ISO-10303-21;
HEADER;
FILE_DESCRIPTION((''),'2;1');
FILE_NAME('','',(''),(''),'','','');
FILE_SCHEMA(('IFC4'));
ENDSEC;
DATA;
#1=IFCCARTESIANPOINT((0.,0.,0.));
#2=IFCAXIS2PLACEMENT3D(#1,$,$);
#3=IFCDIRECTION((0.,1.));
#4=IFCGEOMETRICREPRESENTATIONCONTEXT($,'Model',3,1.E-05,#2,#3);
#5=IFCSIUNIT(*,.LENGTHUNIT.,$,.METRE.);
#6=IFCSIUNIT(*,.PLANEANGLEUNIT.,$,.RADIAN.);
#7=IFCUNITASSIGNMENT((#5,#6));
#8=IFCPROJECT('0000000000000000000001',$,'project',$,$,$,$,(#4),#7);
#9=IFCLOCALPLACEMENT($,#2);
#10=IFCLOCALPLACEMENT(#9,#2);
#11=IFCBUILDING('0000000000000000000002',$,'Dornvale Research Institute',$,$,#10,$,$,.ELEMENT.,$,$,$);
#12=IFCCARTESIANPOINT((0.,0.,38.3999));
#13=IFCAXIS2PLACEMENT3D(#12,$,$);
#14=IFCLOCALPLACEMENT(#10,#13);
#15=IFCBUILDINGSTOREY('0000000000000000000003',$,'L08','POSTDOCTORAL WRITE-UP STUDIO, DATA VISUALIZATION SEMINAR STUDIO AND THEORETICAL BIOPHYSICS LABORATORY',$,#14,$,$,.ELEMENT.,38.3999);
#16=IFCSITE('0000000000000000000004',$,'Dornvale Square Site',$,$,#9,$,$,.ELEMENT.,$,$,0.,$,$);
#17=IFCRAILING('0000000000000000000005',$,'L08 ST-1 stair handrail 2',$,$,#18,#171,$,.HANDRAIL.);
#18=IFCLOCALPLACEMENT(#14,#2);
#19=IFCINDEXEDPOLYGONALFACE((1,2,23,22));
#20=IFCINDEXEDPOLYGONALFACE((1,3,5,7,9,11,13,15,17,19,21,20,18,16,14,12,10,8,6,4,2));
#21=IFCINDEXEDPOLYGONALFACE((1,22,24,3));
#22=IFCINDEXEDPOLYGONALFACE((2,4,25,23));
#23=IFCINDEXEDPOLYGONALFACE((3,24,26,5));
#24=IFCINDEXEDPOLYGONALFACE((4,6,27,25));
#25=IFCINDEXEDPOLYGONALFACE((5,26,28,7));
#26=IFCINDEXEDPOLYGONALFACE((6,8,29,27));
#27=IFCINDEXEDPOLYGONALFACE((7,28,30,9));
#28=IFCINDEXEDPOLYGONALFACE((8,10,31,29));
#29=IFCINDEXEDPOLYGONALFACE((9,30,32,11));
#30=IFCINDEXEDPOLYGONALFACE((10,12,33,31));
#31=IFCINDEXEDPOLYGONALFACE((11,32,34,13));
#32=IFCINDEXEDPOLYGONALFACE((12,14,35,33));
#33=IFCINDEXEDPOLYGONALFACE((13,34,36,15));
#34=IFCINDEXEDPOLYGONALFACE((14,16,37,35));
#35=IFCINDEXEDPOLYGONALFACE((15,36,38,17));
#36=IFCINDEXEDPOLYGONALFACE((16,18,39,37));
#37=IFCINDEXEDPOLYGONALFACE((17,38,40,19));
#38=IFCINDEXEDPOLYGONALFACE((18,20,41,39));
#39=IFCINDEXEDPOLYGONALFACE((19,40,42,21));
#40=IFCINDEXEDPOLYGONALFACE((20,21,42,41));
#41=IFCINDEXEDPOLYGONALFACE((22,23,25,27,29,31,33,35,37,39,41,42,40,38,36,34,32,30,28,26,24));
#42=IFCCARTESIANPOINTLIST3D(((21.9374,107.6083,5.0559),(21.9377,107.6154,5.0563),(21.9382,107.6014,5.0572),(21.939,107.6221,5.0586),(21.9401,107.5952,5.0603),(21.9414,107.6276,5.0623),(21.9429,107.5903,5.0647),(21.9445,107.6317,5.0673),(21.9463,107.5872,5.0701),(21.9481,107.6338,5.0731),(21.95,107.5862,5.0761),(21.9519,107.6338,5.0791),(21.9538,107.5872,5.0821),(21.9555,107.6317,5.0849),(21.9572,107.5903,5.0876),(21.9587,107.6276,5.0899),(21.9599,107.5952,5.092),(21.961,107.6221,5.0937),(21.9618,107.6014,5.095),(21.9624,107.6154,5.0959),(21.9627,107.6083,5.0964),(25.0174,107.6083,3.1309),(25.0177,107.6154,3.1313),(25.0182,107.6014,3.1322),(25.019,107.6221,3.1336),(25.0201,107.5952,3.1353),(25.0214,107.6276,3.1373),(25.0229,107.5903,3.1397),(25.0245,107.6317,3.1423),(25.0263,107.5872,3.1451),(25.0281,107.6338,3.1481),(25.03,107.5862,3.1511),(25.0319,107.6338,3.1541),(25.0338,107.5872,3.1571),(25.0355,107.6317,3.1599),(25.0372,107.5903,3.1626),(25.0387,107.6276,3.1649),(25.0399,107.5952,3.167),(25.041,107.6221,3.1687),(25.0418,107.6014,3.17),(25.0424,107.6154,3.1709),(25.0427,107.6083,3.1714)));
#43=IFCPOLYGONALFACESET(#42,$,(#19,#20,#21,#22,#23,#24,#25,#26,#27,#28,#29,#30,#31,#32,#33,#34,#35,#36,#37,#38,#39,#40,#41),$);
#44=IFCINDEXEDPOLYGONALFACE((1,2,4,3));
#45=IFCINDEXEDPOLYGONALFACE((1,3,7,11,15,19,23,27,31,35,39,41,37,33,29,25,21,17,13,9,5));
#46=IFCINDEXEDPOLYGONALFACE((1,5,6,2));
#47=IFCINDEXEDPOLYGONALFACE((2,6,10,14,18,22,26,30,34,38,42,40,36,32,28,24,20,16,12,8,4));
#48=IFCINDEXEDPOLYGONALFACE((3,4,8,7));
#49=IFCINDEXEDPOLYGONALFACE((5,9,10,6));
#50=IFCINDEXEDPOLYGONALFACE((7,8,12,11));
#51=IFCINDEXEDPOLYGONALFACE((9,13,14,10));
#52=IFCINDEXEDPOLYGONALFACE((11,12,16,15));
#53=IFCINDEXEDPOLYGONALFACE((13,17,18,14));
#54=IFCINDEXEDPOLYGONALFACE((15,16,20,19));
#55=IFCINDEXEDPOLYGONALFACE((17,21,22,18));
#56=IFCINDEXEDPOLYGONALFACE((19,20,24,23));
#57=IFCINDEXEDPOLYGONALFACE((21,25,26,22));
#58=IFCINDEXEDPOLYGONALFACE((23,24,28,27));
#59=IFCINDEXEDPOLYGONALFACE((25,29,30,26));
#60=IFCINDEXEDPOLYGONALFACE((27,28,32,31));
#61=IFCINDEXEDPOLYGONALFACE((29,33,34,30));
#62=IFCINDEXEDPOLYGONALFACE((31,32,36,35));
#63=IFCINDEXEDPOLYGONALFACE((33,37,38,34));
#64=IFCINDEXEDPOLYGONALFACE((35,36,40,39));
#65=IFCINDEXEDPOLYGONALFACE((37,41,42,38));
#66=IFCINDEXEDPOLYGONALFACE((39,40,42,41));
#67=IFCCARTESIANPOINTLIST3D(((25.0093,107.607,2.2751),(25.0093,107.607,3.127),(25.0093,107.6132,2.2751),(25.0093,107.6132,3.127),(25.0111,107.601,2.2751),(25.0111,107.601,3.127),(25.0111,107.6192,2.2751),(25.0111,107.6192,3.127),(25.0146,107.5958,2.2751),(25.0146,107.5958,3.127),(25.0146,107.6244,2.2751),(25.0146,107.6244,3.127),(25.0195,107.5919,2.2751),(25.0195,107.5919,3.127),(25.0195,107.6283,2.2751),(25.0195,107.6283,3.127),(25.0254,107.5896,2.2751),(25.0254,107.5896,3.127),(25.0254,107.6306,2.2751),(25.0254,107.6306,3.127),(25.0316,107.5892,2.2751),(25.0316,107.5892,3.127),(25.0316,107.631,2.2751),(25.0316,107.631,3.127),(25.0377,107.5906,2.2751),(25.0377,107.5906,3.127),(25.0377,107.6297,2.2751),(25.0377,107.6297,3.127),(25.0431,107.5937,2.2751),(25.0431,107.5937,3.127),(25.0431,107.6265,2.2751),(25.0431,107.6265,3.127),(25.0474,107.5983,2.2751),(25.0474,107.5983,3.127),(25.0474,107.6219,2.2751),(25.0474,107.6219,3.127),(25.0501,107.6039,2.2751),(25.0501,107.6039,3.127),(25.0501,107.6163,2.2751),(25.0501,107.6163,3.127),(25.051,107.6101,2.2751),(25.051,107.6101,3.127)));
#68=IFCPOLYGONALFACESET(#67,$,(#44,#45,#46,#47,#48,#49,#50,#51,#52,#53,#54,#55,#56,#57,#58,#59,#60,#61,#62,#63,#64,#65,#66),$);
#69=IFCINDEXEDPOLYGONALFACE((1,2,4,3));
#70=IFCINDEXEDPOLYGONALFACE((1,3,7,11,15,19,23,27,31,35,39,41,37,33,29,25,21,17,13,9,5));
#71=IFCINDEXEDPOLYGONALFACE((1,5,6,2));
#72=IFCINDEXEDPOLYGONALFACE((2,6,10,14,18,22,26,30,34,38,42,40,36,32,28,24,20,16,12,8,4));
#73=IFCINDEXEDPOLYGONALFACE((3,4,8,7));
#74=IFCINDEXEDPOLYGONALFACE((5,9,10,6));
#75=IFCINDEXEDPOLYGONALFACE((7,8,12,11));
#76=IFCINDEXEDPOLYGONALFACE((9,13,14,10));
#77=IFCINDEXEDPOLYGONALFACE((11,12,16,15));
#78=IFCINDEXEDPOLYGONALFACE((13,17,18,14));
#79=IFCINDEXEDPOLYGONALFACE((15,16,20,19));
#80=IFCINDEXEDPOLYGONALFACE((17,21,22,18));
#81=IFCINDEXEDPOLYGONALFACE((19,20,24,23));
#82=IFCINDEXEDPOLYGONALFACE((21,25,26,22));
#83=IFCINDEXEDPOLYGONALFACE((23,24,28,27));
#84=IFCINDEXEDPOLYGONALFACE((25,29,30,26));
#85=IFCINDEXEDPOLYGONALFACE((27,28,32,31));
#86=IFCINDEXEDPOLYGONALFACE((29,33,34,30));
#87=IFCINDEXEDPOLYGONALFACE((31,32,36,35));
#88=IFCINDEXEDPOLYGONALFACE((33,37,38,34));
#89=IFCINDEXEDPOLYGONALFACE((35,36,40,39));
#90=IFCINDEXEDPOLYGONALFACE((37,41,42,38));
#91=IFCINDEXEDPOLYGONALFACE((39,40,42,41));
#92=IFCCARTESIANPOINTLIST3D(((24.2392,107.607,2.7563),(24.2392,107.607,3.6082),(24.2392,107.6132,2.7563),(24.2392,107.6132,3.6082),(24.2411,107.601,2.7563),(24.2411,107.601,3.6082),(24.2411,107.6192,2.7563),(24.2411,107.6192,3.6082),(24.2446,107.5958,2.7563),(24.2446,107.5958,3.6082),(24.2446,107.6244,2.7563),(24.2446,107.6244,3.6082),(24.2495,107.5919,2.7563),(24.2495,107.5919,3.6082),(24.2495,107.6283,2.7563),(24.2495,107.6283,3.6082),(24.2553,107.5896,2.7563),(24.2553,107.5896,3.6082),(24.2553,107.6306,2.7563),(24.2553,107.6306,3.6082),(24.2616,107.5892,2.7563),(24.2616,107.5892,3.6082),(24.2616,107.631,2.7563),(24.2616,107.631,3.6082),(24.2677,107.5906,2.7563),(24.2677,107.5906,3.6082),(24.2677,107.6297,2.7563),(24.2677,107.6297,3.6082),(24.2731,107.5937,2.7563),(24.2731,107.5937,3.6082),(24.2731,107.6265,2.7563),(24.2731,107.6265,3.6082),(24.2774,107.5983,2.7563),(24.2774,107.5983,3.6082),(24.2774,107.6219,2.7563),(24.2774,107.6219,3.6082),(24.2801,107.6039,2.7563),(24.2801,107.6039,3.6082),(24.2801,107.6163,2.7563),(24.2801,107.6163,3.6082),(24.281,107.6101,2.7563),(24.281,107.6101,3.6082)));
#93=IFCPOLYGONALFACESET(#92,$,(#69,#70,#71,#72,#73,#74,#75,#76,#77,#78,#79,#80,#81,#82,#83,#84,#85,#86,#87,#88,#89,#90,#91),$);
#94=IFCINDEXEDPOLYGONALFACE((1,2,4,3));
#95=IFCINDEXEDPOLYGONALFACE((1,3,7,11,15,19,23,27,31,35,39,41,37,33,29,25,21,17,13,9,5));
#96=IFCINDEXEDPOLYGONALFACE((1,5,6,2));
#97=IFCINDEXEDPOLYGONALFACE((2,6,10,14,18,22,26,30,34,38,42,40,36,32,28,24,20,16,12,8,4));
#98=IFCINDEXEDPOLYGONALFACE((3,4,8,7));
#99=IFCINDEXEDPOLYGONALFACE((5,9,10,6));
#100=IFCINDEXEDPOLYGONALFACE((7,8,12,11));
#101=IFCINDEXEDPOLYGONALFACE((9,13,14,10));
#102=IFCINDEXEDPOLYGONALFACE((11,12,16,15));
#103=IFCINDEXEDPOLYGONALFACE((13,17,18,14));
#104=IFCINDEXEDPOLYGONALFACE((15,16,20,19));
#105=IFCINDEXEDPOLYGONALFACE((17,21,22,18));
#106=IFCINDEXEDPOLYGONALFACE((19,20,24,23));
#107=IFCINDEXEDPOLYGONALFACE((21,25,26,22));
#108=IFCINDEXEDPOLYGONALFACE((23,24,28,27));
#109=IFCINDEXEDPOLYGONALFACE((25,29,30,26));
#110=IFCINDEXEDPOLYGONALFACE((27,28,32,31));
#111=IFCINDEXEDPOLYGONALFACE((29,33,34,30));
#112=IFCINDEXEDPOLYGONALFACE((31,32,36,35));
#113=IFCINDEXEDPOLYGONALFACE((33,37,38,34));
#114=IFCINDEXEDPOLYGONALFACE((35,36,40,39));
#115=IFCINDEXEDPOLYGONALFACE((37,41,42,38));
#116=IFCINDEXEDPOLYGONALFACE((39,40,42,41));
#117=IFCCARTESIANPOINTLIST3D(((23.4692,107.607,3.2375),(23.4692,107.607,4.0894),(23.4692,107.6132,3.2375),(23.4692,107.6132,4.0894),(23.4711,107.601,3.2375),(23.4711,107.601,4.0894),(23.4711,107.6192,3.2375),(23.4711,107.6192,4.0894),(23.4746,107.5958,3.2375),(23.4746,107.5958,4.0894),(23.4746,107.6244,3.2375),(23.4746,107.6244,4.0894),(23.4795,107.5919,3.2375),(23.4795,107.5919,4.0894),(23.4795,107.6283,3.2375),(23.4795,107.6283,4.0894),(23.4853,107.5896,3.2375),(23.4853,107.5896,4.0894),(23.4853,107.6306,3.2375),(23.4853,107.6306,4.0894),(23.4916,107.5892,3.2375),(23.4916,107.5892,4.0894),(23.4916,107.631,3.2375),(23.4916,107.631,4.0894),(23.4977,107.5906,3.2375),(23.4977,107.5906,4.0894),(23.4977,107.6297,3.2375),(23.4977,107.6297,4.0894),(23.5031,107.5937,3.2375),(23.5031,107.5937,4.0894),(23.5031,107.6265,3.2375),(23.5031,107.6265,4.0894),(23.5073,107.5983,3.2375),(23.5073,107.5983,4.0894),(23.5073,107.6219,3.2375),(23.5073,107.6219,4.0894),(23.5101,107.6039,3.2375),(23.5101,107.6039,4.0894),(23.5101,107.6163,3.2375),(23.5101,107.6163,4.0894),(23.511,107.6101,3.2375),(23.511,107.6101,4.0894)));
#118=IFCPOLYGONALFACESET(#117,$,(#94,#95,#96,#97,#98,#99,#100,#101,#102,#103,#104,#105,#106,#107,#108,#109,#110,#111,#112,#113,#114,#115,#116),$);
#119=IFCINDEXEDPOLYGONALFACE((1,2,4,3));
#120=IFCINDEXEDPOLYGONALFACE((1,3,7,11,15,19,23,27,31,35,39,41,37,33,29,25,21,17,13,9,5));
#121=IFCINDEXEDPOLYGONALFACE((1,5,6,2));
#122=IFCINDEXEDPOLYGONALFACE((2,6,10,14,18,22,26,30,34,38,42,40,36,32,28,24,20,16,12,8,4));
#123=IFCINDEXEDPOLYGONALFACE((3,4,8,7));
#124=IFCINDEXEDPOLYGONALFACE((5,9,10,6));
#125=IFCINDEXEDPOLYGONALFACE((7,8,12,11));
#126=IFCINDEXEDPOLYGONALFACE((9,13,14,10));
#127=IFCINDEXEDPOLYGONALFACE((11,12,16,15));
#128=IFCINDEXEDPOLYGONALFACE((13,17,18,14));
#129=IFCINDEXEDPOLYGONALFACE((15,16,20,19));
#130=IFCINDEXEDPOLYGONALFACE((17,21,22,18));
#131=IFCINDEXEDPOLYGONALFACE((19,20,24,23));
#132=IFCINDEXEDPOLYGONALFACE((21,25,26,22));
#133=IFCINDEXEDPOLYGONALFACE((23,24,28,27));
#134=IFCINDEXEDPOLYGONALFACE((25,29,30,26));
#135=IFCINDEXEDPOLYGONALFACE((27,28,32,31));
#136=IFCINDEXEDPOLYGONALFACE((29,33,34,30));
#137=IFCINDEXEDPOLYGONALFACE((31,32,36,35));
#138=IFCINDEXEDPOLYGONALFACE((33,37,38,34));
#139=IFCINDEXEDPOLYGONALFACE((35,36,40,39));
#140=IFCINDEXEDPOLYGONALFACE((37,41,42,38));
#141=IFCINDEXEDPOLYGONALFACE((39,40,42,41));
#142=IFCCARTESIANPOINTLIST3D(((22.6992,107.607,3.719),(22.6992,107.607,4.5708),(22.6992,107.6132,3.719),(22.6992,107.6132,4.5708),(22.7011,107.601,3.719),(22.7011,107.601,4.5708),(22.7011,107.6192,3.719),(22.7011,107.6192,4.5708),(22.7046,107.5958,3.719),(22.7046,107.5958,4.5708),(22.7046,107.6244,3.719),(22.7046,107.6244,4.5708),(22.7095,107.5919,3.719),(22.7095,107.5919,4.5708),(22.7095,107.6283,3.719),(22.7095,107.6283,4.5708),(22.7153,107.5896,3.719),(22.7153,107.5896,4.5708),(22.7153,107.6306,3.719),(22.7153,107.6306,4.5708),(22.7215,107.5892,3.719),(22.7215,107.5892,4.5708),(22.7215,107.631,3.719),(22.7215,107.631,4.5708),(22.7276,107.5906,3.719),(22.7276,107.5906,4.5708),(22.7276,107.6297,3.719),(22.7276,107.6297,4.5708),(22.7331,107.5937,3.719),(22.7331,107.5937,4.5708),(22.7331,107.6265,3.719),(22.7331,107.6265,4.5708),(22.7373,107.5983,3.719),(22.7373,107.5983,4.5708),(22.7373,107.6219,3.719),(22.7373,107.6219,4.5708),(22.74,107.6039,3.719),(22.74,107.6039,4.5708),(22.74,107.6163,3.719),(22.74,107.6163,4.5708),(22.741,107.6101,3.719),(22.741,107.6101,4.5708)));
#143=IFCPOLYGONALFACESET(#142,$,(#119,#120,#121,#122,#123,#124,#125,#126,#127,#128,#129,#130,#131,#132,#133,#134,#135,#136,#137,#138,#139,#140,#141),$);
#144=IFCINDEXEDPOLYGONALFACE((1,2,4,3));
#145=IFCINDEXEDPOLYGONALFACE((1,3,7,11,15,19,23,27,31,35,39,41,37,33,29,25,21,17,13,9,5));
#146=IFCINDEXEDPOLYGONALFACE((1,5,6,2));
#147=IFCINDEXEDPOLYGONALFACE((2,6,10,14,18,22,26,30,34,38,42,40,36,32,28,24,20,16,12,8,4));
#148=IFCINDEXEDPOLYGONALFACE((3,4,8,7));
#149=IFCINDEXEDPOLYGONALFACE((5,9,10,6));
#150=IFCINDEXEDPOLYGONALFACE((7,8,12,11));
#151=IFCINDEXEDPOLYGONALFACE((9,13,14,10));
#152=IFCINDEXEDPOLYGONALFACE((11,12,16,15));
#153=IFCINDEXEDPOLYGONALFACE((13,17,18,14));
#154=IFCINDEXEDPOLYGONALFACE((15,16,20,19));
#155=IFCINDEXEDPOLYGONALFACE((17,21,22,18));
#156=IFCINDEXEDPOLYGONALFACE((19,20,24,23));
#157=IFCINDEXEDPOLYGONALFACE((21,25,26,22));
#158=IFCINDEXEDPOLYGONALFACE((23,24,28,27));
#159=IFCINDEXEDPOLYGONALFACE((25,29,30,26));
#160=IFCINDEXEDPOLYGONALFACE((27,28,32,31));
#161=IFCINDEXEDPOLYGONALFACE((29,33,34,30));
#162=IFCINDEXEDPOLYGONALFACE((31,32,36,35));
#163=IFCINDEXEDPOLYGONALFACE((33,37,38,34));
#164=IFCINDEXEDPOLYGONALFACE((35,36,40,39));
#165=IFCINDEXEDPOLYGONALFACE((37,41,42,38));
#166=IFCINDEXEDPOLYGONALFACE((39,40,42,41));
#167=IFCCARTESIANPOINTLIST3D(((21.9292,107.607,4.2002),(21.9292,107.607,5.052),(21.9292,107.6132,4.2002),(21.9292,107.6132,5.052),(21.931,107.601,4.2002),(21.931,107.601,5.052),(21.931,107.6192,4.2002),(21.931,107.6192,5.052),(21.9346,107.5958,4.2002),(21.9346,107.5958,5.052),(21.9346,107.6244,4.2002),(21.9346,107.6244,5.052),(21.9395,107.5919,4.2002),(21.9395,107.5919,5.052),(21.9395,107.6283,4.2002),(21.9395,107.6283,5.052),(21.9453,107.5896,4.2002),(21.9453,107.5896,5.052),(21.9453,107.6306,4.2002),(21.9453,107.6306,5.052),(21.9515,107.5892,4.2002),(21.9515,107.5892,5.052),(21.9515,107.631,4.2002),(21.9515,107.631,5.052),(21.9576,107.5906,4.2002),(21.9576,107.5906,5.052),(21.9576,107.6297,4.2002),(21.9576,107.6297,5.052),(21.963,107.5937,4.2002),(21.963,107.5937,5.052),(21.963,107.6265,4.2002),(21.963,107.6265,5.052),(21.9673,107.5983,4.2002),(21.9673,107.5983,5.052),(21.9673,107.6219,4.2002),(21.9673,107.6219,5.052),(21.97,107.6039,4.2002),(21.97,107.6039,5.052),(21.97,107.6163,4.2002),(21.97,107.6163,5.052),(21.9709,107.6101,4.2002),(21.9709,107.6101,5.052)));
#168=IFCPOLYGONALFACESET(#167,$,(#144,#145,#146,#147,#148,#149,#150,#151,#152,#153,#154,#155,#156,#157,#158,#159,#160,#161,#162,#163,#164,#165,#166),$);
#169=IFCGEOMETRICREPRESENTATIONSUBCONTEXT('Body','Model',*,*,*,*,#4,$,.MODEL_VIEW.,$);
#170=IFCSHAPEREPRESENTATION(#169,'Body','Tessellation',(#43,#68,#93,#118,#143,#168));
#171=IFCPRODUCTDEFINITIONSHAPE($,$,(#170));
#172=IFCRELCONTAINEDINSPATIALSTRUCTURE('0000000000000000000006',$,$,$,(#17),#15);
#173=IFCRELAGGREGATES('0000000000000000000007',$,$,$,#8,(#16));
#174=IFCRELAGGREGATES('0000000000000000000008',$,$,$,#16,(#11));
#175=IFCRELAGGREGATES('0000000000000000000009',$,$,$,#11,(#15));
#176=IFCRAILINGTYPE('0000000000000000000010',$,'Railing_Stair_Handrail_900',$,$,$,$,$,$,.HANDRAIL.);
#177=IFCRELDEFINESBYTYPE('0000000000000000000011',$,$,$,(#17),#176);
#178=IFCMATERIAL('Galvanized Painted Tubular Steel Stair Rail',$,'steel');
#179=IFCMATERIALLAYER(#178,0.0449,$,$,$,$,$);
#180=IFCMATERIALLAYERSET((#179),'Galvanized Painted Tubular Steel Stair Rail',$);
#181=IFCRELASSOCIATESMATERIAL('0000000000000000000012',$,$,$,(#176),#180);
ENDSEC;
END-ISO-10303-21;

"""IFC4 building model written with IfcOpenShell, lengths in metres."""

from ifc_helpers import new_model, si_unit, direction, frame, origin, origin_2d, place, context, subcontext, project, spatial, circle, extrude, material, layer, layer_set, type_object, element, save


model = new_model("IFC4")

# Units and contexts
model_context = context("Model", 3, precision=1e-05, world=origin(), true_north=direction((0.0, 1.0)))
body_context = subcontext(model_context, "Body", "Model", "MODEL_VIEW")
ifc_project = project(units=[si_unit("LENGTHUNIT", "METRE"), si_unit("PLANEANGLEUNIT", "RADIAN")], contexts=[model_context])

# Site, building, storey
site_placement = place(None, origin())
site = spatial("IfcSite", under=ifc_project, at=site_placement, Name="Dornvale Square Site", CompositionType="ELEMENT", RefElevation=0.0)
building_placement = place(site_placement, origin())
building = spatial("IfcBuilding", under=site, at=building_placement, Name="Dornvale Research Institute", CompositionType="ELEMENT")
storey_placement = place(building_placement, frame((0.0, 0.0, 38.3999)))
storey = spatial("IfcBuildingStorey", under=building, at=storey_placement, Name="L08", Description="POSTDOCTORAL WRITE-UP STUDIO, DATA VISUALIZATION SEMINAR STUDIO AND THEORETICAL BIOPHYSICS LABORATORY", CompositionType="ELEMENT", Elevation=38.3999)

# Railing
ifc_material_1 = material(Name="Galvanized Painted Tubular Steel Stair Rail", Category="steel")
ifc_layer_1 = layer(ifc_material_1, 0.0449)
ifc_layer_set_1 = layer_set([ifc_layer_1], Name="Galvanized Painted Tubular Steel Stair Rail")
railing_type_1 = type_object("IfcRailingType", Name="Railing_Stair_Handrail_900", PredefinedType="HANDRAIL", material=ifc_layer_set_1)
railing_1_placement = place(storey_placement, frame((25.03, 107.6101, 2.2751)))
element("IfcRailing", 1, at=railing_1_placement, inside=storey, type_object=railing_type_1, Name="L08 ST-1 stair handrail 2", PredefinedType="HANDRAIL", context=body_context, shape_type="SweptSolid", body=[
    extrude(circle(Radius=0.0239, at=origin_2d()), frame((0.0, 0.0, 0.876), z_axis=(-0.847998, 0.0, 0.529999), x_axis=(0.0, -1.0, 0.0)), (0.0, 0.0, 1.0), 3.6321),
    extrude(circle(Radius=0.021, at=origin_2d()), origin(), (0.0, 0.0, 1.0), 0.8518),
    extrude(circle(Radius=0.021, at=origin_2d()), frame((-0.77, 0.0, 0.4812)), (0.0, 0.0, 1.0), 0.8518),
    extrude(circle(Radius=0.021, at=origin_2d()), frame((-1.54, 0.0, 0.9624)), (0.0, 0.0, 1.0), 0.8518),
    extrude(circle(Radius=0.021, at=origin_2d()), frame((-2.3101, 0.0, 1.4438)), (0.0, 0.0, 1.0), 0.8518),
    extrude(circle(Radius=0.021, at=origin_2d()), frame((-3.0801, 0.0, 1.925)), (0.0, 0.0, 1.0), 0.8518),
])

save(model, "model.ifc")
